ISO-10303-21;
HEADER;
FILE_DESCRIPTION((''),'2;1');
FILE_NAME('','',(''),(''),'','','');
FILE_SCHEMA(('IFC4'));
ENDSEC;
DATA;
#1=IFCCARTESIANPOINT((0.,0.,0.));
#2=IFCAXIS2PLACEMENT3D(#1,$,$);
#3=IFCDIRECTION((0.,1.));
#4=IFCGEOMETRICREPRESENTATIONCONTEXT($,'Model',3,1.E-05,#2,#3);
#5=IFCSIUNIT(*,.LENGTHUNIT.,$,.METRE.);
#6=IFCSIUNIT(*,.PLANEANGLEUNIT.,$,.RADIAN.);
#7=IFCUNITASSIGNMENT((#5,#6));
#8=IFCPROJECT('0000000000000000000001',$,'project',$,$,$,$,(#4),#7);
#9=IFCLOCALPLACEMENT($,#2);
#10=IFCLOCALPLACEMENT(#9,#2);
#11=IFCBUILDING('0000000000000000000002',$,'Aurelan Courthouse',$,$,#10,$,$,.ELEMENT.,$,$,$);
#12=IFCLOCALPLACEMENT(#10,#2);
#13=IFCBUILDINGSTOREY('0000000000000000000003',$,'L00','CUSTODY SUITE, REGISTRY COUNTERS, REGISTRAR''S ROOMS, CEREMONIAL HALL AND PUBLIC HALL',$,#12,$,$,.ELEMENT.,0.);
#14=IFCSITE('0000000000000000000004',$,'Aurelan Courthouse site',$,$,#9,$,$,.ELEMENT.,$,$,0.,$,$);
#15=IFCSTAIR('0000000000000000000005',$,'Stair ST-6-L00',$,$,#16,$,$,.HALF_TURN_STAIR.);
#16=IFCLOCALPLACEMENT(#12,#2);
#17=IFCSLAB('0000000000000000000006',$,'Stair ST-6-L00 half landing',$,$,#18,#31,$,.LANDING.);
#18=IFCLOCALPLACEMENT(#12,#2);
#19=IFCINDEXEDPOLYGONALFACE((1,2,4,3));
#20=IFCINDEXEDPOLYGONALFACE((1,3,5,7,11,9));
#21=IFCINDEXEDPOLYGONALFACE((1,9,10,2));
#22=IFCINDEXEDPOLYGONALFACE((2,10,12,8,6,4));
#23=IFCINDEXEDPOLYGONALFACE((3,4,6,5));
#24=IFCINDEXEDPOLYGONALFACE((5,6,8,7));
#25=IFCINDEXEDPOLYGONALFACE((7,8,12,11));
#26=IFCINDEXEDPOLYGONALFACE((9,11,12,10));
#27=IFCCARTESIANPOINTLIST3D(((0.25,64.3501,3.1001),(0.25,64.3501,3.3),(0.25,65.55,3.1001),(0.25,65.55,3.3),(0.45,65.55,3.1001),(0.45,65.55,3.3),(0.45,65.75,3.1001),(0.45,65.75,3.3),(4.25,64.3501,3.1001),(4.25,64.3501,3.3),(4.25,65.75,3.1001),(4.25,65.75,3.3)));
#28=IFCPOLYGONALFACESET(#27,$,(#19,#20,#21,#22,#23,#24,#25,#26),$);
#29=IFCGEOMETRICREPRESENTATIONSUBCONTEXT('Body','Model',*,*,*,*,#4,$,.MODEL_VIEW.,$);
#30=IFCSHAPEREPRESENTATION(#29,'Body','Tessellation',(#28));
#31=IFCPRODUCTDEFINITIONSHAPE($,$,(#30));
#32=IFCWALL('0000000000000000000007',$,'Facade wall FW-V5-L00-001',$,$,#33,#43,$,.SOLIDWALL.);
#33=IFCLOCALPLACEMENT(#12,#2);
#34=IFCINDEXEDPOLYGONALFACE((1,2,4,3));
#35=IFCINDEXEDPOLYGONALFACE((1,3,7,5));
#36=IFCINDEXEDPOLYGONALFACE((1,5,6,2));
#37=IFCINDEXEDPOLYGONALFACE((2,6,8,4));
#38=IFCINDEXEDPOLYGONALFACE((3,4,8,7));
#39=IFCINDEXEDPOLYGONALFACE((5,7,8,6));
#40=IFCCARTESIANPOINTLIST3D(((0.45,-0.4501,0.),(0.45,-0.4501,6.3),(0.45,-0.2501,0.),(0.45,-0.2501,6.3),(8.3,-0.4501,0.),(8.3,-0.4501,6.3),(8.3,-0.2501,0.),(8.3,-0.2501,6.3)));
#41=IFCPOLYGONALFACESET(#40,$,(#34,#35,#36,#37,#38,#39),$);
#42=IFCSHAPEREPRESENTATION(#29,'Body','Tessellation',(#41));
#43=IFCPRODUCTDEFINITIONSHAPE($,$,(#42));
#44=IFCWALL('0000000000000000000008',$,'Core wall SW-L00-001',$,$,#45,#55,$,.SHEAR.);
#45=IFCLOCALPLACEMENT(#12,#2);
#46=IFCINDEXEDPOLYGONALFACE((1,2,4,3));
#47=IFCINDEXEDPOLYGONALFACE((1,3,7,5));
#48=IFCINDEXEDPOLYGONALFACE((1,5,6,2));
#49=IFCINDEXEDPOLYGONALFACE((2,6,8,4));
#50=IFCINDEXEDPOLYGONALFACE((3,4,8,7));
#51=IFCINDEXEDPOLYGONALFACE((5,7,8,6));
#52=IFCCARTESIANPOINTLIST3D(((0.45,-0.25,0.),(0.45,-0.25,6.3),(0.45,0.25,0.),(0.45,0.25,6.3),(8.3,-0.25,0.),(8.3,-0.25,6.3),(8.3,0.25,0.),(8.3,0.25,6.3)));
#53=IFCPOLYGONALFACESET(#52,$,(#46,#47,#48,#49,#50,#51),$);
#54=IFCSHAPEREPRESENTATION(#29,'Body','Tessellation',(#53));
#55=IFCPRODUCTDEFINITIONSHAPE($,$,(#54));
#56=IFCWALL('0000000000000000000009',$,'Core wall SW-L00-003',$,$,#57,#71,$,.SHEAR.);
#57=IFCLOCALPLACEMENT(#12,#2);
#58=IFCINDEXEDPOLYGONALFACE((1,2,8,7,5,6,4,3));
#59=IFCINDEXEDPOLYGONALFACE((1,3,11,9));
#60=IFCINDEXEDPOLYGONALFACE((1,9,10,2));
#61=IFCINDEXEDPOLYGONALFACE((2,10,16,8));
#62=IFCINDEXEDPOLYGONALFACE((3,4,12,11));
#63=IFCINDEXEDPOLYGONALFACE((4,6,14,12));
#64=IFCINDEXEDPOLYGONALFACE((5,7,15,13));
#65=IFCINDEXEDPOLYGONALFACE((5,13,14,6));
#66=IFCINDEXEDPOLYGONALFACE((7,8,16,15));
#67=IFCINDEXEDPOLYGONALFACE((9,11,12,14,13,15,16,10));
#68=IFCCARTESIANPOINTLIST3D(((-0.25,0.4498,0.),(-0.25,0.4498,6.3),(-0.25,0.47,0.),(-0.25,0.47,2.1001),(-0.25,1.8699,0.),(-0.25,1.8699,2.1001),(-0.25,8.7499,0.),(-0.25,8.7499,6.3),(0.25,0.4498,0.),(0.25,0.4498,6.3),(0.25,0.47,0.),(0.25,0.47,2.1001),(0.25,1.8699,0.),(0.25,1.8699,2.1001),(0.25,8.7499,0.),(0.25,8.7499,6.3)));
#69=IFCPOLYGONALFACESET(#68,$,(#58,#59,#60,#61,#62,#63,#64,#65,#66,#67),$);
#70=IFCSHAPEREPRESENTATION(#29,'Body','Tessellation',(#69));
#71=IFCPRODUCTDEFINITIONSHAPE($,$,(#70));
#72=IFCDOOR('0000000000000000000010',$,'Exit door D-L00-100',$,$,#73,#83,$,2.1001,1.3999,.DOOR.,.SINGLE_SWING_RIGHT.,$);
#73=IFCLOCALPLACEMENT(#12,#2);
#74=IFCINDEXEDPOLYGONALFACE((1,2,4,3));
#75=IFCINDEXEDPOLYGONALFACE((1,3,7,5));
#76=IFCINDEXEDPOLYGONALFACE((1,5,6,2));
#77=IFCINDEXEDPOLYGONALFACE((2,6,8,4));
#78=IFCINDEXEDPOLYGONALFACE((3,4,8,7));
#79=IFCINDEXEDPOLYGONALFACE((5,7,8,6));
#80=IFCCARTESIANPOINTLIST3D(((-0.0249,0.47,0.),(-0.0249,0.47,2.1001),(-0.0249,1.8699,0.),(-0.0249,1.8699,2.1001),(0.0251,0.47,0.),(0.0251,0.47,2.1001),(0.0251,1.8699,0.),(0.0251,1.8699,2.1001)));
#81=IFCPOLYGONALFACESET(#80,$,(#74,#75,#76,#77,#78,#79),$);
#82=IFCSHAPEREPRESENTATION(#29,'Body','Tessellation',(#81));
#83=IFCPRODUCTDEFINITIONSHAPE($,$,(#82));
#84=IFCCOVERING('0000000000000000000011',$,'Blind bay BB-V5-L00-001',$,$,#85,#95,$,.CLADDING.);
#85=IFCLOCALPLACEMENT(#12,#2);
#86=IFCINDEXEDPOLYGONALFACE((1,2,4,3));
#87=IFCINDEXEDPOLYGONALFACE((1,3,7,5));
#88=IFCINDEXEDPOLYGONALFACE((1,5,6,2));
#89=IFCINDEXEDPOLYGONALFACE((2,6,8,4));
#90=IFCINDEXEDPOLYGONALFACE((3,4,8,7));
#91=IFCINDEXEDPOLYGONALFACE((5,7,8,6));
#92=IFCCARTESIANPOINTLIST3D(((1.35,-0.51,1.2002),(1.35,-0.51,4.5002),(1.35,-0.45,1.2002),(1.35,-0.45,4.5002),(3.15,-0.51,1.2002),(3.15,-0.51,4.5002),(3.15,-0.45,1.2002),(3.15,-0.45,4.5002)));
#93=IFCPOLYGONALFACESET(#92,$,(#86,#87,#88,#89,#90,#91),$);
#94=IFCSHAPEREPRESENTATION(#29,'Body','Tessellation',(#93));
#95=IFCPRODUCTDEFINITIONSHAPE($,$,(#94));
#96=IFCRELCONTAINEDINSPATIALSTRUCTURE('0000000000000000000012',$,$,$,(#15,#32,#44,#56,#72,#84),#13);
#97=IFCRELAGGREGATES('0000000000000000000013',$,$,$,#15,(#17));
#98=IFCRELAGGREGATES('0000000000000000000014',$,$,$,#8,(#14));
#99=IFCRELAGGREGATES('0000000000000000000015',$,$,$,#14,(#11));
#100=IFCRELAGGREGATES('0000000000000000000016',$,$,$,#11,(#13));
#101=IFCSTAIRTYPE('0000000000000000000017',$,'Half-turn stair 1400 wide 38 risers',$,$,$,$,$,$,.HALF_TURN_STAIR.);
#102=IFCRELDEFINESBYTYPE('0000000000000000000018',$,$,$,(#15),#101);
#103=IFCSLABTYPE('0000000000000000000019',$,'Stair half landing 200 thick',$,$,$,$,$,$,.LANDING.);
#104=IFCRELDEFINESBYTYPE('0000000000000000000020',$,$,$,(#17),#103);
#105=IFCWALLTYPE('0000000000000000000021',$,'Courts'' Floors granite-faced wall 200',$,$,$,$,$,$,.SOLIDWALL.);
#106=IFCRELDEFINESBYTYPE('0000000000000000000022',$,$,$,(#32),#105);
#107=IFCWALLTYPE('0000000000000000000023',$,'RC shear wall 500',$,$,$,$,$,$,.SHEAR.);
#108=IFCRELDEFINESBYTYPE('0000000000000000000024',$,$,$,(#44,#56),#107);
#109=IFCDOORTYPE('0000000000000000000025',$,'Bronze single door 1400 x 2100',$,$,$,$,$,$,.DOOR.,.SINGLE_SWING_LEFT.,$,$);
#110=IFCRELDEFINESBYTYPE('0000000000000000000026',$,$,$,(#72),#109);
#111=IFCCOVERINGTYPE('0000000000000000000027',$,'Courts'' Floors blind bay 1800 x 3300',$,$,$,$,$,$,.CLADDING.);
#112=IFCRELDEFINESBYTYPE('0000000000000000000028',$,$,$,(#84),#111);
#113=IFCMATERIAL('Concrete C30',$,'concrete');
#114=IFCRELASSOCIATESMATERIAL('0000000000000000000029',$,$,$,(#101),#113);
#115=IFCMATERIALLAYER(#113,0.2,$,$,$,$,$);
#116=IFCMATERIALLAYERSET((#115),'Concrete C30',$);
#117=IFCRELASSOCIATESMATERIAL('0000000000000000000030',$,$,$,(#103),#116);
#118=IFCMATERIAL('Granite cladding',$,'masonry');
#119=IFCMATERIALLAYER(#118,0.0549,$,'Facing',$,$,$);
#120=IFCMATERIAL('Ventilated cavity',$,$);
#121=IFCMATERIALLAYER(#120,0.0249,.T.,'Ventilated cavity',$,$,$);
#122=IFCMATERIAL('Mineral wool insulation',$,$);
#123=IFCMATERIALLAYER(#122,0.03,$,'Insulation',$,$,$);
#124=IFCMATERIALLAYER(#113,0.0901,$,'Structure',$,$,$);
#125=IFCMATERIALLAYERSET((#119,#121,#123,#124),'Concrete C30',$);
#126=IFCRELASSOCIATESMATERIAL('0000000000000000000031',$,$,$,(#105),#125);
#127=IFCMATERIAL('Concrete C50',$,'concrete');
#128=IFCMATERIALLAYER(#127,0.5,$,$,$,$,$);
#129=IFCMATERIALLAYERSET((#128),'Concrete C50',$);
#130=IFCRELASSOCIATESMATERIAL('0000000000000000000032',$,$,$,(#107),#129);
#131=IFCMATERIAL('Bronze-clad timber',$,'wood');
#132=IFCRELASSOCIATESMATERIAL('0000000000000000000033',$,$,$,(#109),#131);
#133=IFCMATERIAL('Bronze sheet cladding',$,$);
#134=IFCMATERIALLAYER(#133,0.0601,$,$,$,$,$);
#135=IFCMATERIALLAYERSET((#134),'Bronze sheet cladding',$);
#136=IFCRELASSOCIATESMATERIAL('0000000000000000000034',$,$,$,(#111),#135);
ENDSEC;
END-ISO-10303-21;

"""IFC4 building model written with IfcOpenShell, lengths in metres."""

from ifc_helpers import new_model, si_unit, direction, frame, frame_2d, origin, origin_2d, place, context, subcontext, project, spatial, polyline, rectangle, outline, extrude, material, layer, layer_set, type_object, element, fill, aggregate, save


model = new_model("IFC4")

# Units and contexts
model_context = context("Model", 3, precision=1e-05, world=origin(), true_north=direction((0.0, 1.0)))
body_context = subcontext(model_context, "Body", "Model", "MODEL_VIEW")
ifc_project = project(units=[si_unit("LENGTHUNIT", "METRE"), si_unit("PLANEANGLEUNIT", "RADIAN")], contexts=[model_context])

# Site, building, storey
site_placement = place(None, origin())
site = spatial("IfcSite", under=ifc_project, at=site_placement, Name="Aurelan Courthouse site", CompositionType="ELEMENT", RefElevation=0.0)
building_placement = place(site_placement, origin())
building = spatial("IfcBuilding", under=site, at=building_placement, Name="Aurelan Courthouse", CompositionType="ELEMENT")
storey_placement = place(building_placement, origin())
storey = spatial("IfcBuildingStorey", under=building, at=storey_placement, Name="L00", Description="CUSTODY SUITE, REGISTRY COUNTERS, REGISTRAR'S ROOMS, CEREMONIAL HALL AND PUBLIC HALL", CompositionType="ELEMENT", Elevation=0.0)

# Shared definitions
ifc_material_1 = material(Name="Concrete C30", Category="concrete")
stair_type_1 = type_object("IfcStairType", Name="Half-turn stair 1400 wide 38 risers", PredefinedType="HALF_TURN_STAIR", material=ifc_material_1)

# Shared definitions
ifc_layer_1 = layer(ifc_material_1, 0.2)
ifc_layer_set_1 = layer_set([ifc_layer_1], Name="Concrete C30")
slab_type_1 = type_object("IfcSlabType", Name="Stair half landing 200 thick", PredefinedType="LANDING", material=ifc_layer_set_1)

# Stair, slab
stair_1_placement = place(storey_placement, origin())
stair_1 = element("IfcStair", 1, at=stair_1_placement, inside=storey, type_object=stair_type_1, Name="Stair ST-6-L00", PredefinedType="HALF_TURN_STAIR")
slab_1_placement = place(storey_placement, frame((0.0, 0.0, 3.1001)))
slab_1 = element("IfcSlab", 2, at=slab_1_placement, type_object=slab_type_1, Name="Stair ST-6-L00 half landing", PredefinedType="LANDING", context=body_context, shape_type="SweptSolid", body=[
    extrude(outline(polyline([(0.25, 65.55), (0.45, 65.55), (0.45, 65.75), (4.25, 65.75), (4.25, 64.3501), (0.25, 64.3501), (0.25, 65.55)])), origin(), (0.0, 0.0, 1.0), 0.2),
])
aggregate(stair_1, [slab_1])

# Walls
ifc_material_2 = material(Name="Granite cladding", Category="masonry")
ifc_layer_2 = layer(ifc_material_2, 0.0549, Name="Facing")
ifc_material_3 = material(Name="Ventilated cavity")
ifc_layer_3 = layer(ifc_material_3, 0.0249, ventilated=True, Name="Ventilated cavity")
ifc_material_4 = material(Name="Mineral wool insulation")
ifc_layer_4 = layer(ifc_material_4, 0.03, Name="Insulation")
ifc_layer_5 = layer(ifc_material_1, 0.0901, Name="Structure")
ifc_layer_set_2 = layer_set([ifc_layer_2, ifc_layer_3, ifc_layer_4, ifc_layer_5], Name="Concrete C30")
wall_type_1 = type_object("IfcWallType", Name="Courts' Floors granite-faced wall 200", PredefinedType="SOLIDWALL", material=ifc_layer_set_2)
wall_1_placement = place(storey_placement, frame((0.45, -0.3501, 0.0), z_axis=(0.0, 0.0, 1.0), x_axis=(1.0, 0.0, 0.0)))
element("IfcWall", 3, at=wall_1_placement, inside=storey, type_object=wall_type_1, Name="Facade wall FW-V5-L00-001", PredefinedType="SOLIDWALL", context=body_context, shape_type="SweptSolid", body=[
    extrude(rectangle(XDim=7.8501, YDim=0.2, at=frame_2d((3.925, 0.0))), origin(), (0.0, 0.0, 1.0), 6.3),
])
ifc_material_5 = material(Name="Concrete C50", Category="concrete")
ifc_layer_6 = layer(ifc_material_5, 0.5)
ifc_layer_set_3 = layer_set([ifc_layer_6], Name="Concrete C50")
wall_type_2 = type_object("IfcWallType", Name="RC shear wall 500", PredefinedType="SHEAR", material=ifc_layer_set_3)
wall_2_placement = place(storey_placement, frame((0.45, 0.0, 0.0), z_axis=(0.0, 0.0, 1.0), x_axis=(1.0, 0.0, 0.0)))
element("IfcWall", 4, at=wall_2_placement, inside=storey, type_object=wall_type_2, Name="Core wall SW-L00-001", PredefinedType="SHEAR", context=body_context, shape_type="SweptSolid", body=[
    extrude(rectangle(XDim=7.8501, YDim=0.5, at=frame_2d((3.925, 0.0))), origin(), (0.0, 0.0, 1.0), 6.3),
])

# Wall, opening, door
wall_3_placement = place(storey_placement, frame((0.0, 0.45, 0.0), z_axis=(0.0, 0.0, 1.0), x_axis=(0.0, 1.0, 0.0)))
wall_3 = element("IfcWall", 5, at=wall_3_placement, inside=storey, type_object=wall_type_2, Name="Core wall SW-L00-003", PredefinedType="SHEAR", context=body_context, shape_type="SweptSolid", body=[
    extrude(rectangle(XDim=8.3, YDim=0.5, at=frame_2d((4.1499, 0.0))), origin(), (0.0, 0.0, 1.0), 6.3),
])
opening_placement = place(wall_3_placement, frame((0.02, 0.0, 0.0)))
opening = element("IfcOpeningElement", 6, at=opening_placement, cuts=wall_3, PredefinedType="OPENING", context=body_context, shape_type="SweptSolid", body=[
    extrude(rectangle(XDim=1.3999, YDim=2.1001, at=frame_2d((0.7, 1.05))), frame((0.0, 0.26, 0.0), z_axis=(0.0, -1.0, 0.0), x_axis=(1.0, 0.0, 0.0)), (0.0, 0.0, 1.0), 0.52),
])
ifc_material_6 = material(Name="Bronze-clad timber", Category="wood")
door_type = type_object("IfcDoorType", Name="Bronze single door 1400 x 2100", OperationType="SINGLE_SWING_LEFT", PredefinedType="DOOR", material=ifc_material_6)
door_placement = place(opening_placement, origin())
door = element("IfcDoor", 7, at=door_placement, inside=storey, type_object=door_type, Name="Exit door D-L00-100", OperationType="SINGLE_SWING_RIGHT", OverallHeight=2.1001, OverallWidth=1.3999, PredefinedType="DOOR", context=body_context, shape_type="SweptSolid", body=[
    extrude(rectangle(XDim=1.3999, YDim=2.1001, at=frame_2d((0.7, 1.05))), frame((0.0, 0.0249, 0.0), z_axis=(0.0, -1.0, 0.0), x_axis=(1.0, 0.0, 0.0)), (0.0, 0.0, 1.0), 0.05),
])
fill(opening, door)

# Covering
ifc_material_7 = material(Name="Bronze sheet cladding")
ifc_layer_7 = layer(ifc_material_7, 0.0601)
ifc_layer_set_4 = layer_set([ifc_layer_7], Name="Bronze sheet cladding")
covering_type = type_object("IfcCoveringType", Name="Courts' Floors blind bay 1800 x 3300", PredefinedType="CLADDING", material=ifc_layer_set_4)
covering_placement = place(storey_placement, frame((2.25, -0.48, 1.2002), z_axis=(0.0, 0.0, 1.0), x_axis=(1.0, 0.0, 0.0)))
element("IfcCovering", 8, at=covering_placement, inside=storey, type_object=covering_type, Name="Blind bay BB-V5-L00-001", PredefinedType="CLADDING", context=body_context, shape_type="SweptSolid", body=[
    extrude(rectangle(XDim=1.8, YDim=0.0601, at=origin_2d()), origin(), (0.0, 0.0, 1.0), 3.3),
])

save(model, "model.ifc")
